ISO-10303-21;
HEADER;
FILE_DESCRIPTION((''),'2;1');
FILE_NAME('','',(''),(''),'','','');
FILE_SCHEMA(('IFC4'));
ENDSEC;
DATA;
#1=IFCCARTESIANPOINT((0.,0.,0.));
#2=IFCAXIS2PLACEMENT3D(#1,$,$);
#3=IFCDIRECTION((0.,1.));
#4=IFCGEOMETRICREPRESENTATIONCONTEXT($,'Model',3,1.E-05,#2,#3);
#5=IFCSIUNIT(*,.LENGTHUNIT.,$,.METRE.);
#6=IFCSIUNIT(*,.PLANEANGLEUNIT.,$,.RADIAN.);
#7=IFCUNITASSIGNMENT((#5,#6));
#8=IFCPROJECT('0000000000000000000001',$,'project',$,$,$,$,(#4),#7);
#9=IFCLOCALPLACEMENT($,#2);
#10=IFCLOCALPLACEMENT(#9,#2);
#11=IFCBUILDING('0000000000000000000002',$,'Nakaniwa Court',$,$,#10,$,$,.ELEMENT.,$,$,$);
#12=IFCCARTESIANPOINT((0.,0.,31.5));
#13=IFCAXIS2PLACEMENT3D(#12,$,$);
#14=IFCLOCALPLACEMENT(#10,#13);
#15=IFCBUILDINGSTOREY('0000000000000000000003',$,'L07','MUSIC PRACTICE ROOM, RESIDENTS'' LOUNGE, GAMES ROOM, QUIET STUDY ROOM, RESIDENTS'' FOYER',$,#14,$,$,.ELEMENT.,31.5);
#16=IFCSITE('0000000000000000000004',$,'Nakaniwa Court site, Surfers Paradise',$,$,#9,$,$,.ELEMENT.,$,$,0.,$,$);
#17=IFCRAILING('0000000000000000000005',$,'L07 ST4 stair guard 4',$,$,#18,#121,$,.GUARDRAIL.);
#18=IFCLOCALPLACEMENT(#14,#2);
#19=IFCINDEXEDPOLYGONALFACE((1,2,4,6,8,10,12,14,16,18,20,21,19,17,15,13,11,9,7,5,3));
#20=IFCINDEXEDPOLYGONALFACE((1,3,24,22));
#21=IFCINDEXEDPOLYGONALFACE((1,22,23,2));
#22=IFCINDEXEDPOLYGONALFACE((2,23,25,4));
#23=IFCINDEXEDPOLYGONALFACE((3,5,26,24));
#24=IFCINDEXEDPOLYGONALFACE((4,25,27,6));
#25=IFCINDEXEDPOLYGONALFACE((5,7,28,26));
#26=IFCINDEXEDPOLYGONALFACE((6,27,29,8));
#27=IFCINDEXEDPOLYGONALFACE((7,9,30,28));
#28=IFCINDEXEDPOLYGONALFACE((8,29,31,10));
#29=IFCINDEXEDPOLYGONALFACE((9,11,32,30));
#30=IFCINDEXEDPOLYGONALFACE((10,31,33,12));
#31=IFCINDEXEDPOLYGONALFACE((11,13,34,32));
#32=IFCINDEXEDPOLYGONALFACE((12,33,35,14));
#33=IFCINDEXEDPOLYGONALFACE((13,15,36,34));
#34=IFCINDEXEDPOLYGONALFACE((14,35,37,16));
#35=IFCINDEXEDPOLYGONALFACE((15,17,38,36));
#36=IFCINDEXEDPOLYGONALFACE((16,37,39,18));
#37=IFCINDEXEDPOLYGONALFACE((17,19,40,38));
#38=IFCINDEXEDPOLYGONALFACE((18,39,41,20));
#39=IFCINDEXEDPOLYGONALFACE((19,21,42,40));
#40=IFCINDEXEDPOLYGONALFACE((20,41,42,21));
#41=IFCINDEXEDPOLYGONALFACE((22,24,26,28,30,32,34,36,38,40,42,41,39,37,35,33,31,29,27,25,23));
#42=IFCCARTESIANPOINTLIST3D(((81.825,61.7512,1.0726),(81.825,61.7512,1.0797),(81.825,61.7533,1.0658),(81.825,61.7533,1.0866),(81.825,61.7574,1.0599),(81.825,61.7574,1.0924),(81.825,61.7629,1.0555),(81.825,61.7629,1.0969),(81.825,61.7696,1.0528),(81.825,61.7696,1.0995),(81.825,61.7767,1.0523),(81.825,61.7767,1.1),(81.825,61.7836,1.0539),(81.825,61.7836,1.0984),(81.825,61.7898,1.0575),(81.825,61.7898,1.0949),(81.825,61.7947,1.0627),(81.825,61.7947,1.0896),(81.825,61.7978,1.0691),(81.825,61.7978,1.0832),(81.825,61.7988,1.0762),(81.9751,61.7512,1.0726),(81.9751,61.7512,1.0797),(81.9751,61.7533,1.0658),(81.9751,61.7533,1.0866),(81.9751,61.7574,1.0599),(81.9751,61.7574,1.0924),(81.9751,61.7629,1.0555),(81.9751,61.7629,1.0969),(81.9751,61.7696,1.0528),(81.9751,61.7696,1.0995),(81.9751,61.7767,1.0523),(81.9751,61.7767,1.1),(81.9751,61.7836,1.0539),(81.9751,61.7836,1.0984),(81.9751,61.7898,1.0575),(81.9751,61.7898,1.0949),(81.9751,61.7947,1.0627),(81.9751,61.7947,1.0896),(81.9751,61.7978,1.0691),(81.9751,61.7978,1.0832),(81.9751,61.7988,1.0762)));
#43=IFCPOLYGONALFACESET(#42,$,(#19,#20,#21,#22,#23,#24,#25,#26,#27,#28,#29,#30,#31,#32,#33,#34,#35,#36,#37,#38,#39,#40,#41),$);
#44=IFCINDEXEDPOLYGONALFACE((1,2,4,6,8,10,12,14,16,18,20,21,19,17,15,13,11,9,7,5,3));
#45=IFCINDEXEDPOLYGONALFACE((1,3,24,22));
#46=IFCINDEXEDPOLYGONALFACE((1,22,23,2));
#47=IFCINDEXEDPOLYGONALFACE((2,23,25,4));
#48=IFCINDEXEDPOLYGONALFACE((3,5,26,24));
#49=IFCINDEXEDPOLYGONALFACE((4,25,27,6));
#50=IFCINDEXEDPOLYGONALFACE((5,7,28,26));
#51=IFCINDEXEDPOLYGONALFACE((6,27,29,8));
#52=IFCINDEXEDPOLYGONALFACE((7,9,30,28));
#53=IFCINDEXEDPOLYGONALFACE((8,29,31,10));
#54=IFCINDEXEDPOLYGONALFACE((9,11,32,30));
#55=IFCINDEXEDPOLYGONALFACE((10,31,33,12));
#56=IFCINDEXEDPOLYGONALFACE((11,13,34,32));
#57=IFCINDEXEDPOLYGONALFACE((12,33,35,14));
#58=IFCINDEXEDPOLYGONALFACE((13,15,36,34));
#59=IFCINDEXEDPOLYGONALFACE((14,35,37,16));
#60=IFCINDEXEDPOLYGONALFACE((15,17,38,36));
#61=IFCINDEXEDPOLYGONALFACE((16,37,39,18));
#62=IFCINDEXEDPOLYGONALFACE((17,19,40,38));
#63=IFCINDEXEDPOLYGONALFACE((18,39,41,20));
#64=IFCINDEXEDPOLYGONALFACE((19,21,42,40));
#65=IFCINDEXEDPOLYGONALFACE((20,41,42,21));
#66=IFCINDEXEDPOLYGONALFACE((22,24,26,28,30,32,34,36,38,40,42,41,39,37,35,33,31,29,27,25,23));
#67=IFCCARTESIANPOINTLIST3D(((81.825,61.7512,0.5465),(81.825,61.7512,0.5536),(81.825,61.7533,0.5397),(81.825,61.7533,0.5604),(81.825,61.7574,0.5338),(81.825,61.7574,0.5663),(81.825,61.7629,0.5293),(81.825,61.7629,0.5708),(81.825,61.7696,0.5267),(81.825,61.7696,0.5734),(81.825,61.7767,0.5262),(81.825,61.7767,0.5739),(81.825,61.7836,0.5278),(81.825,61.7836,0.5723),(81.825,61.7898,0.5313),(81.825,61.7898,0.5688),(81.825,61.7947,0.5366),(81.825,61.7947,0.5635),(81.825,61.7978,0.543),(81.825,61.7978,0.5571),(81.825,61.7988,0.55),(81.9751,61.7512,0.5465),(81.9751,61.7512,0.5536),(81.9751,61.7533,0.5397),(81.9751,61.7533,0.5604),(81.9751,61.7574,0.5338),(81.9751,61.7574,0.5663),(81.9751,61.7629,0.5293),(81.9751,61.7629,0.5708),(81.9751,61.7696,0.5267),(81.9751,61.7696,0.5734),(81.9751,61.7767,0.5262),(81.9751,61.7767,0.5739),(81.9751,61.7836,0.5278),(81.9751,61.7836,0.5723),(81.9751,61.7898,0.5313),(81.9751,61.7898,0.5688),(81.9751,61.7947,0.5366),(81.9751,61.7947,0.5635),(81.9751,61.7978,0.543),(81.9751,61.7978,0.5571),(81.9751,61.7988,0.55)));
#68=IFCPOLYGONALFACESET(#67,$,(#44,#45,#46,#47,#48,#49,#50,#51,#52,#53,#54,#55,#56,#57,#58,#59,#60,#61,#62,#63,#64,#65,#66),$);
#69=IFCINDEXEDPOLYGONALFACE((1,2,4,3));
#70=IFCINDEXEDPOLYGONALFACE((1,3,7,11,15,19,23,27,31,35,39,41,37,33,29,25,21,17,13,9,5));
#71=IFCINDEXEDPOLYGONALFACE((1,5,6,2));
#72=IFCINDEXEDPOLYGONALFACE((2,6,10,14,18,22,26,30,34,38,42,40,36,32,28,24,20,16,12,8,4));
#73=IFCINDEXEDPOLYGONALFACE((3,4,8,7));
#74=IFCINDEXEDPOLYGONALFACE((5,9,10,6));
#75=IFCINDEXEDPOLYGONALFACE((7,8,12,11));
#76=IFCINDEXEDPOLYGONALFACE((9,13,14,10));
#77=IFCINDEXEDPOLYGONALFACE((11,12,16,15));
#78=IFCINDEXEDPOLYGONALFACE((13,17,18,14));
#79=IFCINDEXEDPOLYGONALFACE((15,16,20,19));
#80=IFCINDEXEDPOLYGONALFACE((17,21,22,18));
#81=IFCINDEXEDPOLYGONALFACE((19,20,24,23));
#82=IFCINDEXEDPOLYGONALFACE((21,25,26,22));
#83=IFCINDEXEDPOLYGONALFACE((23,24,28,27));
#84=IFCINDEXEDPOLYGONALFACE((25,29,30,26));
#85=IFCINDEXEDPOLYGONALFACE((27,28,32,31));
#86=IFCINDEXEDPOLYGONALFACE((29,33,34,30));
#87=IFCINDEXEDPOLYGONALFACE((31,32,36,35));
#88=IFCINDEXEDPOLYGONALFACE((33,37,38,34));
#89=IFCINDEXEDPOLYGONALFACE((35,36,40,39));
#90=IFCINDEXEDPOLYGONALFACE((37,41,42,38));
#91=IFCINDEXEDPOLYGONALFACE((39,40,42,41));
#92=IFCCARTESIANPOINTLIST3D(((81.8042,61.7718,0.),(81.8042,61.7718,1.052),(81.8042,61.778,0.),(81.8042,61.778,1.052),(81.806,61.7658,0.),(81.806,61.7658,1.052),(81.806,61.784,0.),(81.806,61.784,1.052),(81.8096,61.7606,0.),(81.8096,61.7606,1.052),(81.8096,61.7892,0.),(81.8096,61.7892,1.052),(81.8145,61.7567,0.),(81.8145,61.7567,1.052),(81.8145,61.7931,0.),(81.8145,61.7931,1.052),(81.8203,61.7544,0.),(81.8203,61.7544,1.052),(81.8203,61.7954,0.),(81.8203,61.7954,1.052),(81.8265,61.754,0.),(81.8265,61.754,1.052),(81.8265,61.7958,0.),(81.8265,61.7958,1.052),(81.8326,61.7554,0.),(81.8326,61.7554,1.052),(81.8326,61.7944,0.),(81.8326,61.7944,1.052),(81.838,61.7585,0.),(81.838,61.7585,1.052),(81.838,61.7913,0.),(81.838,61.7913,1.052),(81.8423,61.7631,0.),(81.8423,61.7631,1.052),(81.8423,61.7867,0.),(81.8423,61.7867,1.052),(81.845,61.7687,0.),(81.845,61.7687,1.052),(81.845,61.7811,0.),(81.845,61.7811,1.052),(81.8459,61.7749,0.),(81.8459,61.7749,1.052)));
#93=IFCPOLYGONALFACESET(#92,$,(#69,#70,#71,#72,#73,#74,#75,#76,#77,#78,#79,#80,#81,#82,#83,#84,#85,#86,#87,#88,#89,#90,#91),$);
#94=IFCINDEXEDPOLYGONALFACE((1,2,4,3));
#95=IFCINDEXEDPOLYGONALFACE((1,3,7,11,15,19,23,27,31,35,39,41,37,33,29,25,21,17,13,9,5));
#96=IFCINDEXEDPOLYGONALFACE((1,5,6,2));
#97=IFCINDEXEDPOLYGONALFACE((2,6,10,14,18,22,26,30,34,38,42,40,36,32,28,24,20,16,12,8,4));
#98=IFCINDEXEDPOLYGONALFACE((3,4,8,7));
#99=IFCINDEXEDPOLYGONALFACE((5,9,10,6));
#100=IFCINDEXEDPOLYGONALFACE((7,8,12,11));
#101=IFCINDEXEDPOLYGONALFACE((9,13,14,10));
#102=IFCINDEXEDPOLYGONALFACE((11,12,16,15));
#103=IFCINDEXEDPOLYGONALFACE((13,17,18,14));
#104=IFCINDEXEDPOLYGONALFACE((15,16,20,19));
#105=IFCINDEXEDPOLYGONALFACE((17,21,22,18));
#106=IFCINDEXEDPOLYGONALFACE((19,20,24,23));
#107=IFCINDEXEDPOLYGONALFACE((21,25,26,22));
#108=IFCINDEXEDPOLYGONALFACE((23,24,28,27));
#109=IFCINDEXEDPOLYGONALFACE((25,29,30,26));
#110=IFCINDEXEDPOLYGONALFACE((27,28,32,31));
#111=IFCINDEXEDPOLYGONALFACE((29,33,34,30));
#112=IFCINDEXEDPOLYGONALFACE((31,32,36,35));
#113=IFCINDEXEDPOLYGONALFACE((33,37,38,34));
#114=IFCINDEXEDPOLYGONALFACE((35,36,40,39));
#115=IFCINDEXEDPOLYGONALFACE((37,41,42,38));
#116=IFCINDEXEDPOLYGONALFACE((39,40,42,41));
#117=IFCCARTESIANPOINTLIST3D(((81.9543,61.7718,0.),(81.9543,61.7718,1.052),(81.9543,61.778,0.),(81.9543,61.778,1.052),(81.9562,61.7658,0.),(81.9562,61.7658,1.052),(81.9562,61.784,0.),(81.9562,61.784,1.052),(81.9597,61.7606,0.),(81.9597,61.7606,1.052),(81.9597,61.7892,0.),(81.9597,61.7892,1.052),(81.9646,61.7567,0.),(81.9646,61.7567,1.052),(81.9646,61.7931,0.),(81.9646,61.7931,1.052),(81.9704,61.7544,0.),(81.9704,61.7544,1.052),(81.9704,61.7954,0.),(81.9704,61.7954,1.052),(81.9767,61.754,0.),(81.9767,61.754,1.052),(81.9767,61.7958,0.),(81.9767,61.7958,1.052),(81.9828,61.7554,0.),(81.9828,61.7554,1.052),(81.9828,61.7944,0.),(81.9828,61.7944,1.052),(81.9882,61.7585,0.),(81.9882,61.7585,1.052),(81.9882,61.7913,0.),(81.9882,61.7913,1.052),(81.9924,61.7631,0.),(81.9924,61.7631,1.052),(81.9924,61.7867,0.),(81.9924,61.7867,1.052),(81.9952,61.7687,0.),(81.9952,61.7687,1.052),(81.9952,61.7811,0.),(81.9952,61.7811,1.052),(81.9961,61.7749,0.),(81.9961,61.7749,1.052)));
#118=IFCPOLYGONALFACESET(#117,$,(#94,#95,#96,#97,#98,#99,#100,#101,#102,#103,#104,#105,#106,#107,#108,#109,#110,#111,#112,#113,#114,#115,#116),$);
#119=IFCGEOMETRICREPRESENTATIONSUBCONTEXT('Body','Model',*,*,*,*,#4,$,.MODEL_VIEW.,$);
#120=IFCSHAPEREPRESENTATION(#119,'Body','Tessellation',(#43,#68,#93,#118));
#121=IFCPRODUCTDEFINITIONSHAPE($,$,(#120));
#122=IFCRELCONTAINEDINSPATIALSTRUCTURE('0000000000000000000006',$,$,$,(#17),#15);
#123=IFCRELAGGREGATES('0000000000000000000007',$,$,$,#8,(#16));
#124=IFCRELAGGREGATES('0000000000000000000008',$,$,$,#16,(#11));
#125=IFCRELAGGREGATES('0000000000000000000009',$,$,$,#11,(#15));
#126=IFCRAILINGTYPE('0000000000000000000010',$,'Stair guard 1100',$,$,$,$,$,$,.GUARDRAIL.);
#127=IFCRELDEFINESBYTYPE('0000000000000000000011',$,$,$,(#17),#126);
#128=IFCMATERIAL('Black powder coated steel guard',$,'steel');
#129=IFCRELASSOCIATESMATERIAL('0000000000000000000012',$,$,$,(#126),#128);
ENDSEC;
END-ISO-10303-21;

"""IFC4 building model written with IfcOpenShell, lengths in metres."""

from ifc_helpers import new_model, si_unit, direction, frame, origin, origin_2d, place, context, subcontext, project, spatial, circle, extrude, material, type_object, element, save


model = new_model("IFC4")

# Units and contexts
model_context = context("Model", 3, precision=1e-05, world=origin(), true_north=direction((0.0, 1.0)))
body_context = subcontext(model_context, "Body", "Model", "MODEL_VIEW")
ifc_project = project(units=[si_unit("LENGTHUNIT", "METRE"), si_unit("PLANEANGLEUNIT", "RADIAN")], contexts=[model_context])

# Site, building, storey
site_placement = place(None, origin())
site = spatial("IfcSite", under=ifc_project, at=site_placement, Name="Nakaniwa Court site, Surfers Paradise", CompositionType="ELEMENT", RefElevation=0.0)
building_placement = place(site_placement, origin())
building = spatial("IfcBuilding", under=site, at=building_placement, Name="Nakaniwa Court", CompositionType="ELEMENT")
storey_placement = place(building_placement, frame((0.0, 0.0, 31.5)))
storey = spatial("IfcBuildingStorey", under=building, at=storey_placement, Name="L07", Description="MUSIC PRACTICE ROOM, RESIDENTS' LOUNGE, GAMES ROOM, QUIET STUDY ROOM, RESIDENTS' FOYER", CompositionType="ELEMENT", Elevation=31.5)

# Railing
ifc_material_1 = material(Name="Black powder coated steel guard", Category="steel")
railing_type_1 = type_object("IfcRailingType", Name="Stair guard 1100", PredefinedType="GUARDRAIL", material=ifc_material_1)
railing_1_placement = place(storey_placement, frame((81.825, 61.7749, 0.0)))
element("IfcRailing", 1, at=railing_1_placement, inside=storey, type_object=railing_type_1, Name="L07 ST4 stair guard 4", PredefinedType="GUARDRAIL", context=body_context, shape_type="SweptSolid", body=[
    extrude(circle(Radius=0.0239, at=origin_2d()), frame((0.0, 0.0, 1.0762), z_axis=(1.0, 0.0, 0.0), x_axis=(0.0, 1.0, 0.0)), (0.0, 0.0, 1.0), 0.1501),
    extrude(circle(Radius=0.0239, at=origin_2d()), frame((0.0, 0.0, 0.55), z_axis=(1.0, 0.0, 0.0), x_axis=(0.0, 1.0, 0.0)), (0.0, 0.0, 1.0), 0.1501),
    extrude(circle(Radius=0.021, at=origin_2d()), origin(), (0.0, 0.0, 1.0), 1.052),
    extrude(circle(Radius=0.021, at=origin_2d()), frame((0.1501, 0.0, 0.0)), (0.0, 0.0, 1.0), 1.052),
])

save(model, "model.ifc")
